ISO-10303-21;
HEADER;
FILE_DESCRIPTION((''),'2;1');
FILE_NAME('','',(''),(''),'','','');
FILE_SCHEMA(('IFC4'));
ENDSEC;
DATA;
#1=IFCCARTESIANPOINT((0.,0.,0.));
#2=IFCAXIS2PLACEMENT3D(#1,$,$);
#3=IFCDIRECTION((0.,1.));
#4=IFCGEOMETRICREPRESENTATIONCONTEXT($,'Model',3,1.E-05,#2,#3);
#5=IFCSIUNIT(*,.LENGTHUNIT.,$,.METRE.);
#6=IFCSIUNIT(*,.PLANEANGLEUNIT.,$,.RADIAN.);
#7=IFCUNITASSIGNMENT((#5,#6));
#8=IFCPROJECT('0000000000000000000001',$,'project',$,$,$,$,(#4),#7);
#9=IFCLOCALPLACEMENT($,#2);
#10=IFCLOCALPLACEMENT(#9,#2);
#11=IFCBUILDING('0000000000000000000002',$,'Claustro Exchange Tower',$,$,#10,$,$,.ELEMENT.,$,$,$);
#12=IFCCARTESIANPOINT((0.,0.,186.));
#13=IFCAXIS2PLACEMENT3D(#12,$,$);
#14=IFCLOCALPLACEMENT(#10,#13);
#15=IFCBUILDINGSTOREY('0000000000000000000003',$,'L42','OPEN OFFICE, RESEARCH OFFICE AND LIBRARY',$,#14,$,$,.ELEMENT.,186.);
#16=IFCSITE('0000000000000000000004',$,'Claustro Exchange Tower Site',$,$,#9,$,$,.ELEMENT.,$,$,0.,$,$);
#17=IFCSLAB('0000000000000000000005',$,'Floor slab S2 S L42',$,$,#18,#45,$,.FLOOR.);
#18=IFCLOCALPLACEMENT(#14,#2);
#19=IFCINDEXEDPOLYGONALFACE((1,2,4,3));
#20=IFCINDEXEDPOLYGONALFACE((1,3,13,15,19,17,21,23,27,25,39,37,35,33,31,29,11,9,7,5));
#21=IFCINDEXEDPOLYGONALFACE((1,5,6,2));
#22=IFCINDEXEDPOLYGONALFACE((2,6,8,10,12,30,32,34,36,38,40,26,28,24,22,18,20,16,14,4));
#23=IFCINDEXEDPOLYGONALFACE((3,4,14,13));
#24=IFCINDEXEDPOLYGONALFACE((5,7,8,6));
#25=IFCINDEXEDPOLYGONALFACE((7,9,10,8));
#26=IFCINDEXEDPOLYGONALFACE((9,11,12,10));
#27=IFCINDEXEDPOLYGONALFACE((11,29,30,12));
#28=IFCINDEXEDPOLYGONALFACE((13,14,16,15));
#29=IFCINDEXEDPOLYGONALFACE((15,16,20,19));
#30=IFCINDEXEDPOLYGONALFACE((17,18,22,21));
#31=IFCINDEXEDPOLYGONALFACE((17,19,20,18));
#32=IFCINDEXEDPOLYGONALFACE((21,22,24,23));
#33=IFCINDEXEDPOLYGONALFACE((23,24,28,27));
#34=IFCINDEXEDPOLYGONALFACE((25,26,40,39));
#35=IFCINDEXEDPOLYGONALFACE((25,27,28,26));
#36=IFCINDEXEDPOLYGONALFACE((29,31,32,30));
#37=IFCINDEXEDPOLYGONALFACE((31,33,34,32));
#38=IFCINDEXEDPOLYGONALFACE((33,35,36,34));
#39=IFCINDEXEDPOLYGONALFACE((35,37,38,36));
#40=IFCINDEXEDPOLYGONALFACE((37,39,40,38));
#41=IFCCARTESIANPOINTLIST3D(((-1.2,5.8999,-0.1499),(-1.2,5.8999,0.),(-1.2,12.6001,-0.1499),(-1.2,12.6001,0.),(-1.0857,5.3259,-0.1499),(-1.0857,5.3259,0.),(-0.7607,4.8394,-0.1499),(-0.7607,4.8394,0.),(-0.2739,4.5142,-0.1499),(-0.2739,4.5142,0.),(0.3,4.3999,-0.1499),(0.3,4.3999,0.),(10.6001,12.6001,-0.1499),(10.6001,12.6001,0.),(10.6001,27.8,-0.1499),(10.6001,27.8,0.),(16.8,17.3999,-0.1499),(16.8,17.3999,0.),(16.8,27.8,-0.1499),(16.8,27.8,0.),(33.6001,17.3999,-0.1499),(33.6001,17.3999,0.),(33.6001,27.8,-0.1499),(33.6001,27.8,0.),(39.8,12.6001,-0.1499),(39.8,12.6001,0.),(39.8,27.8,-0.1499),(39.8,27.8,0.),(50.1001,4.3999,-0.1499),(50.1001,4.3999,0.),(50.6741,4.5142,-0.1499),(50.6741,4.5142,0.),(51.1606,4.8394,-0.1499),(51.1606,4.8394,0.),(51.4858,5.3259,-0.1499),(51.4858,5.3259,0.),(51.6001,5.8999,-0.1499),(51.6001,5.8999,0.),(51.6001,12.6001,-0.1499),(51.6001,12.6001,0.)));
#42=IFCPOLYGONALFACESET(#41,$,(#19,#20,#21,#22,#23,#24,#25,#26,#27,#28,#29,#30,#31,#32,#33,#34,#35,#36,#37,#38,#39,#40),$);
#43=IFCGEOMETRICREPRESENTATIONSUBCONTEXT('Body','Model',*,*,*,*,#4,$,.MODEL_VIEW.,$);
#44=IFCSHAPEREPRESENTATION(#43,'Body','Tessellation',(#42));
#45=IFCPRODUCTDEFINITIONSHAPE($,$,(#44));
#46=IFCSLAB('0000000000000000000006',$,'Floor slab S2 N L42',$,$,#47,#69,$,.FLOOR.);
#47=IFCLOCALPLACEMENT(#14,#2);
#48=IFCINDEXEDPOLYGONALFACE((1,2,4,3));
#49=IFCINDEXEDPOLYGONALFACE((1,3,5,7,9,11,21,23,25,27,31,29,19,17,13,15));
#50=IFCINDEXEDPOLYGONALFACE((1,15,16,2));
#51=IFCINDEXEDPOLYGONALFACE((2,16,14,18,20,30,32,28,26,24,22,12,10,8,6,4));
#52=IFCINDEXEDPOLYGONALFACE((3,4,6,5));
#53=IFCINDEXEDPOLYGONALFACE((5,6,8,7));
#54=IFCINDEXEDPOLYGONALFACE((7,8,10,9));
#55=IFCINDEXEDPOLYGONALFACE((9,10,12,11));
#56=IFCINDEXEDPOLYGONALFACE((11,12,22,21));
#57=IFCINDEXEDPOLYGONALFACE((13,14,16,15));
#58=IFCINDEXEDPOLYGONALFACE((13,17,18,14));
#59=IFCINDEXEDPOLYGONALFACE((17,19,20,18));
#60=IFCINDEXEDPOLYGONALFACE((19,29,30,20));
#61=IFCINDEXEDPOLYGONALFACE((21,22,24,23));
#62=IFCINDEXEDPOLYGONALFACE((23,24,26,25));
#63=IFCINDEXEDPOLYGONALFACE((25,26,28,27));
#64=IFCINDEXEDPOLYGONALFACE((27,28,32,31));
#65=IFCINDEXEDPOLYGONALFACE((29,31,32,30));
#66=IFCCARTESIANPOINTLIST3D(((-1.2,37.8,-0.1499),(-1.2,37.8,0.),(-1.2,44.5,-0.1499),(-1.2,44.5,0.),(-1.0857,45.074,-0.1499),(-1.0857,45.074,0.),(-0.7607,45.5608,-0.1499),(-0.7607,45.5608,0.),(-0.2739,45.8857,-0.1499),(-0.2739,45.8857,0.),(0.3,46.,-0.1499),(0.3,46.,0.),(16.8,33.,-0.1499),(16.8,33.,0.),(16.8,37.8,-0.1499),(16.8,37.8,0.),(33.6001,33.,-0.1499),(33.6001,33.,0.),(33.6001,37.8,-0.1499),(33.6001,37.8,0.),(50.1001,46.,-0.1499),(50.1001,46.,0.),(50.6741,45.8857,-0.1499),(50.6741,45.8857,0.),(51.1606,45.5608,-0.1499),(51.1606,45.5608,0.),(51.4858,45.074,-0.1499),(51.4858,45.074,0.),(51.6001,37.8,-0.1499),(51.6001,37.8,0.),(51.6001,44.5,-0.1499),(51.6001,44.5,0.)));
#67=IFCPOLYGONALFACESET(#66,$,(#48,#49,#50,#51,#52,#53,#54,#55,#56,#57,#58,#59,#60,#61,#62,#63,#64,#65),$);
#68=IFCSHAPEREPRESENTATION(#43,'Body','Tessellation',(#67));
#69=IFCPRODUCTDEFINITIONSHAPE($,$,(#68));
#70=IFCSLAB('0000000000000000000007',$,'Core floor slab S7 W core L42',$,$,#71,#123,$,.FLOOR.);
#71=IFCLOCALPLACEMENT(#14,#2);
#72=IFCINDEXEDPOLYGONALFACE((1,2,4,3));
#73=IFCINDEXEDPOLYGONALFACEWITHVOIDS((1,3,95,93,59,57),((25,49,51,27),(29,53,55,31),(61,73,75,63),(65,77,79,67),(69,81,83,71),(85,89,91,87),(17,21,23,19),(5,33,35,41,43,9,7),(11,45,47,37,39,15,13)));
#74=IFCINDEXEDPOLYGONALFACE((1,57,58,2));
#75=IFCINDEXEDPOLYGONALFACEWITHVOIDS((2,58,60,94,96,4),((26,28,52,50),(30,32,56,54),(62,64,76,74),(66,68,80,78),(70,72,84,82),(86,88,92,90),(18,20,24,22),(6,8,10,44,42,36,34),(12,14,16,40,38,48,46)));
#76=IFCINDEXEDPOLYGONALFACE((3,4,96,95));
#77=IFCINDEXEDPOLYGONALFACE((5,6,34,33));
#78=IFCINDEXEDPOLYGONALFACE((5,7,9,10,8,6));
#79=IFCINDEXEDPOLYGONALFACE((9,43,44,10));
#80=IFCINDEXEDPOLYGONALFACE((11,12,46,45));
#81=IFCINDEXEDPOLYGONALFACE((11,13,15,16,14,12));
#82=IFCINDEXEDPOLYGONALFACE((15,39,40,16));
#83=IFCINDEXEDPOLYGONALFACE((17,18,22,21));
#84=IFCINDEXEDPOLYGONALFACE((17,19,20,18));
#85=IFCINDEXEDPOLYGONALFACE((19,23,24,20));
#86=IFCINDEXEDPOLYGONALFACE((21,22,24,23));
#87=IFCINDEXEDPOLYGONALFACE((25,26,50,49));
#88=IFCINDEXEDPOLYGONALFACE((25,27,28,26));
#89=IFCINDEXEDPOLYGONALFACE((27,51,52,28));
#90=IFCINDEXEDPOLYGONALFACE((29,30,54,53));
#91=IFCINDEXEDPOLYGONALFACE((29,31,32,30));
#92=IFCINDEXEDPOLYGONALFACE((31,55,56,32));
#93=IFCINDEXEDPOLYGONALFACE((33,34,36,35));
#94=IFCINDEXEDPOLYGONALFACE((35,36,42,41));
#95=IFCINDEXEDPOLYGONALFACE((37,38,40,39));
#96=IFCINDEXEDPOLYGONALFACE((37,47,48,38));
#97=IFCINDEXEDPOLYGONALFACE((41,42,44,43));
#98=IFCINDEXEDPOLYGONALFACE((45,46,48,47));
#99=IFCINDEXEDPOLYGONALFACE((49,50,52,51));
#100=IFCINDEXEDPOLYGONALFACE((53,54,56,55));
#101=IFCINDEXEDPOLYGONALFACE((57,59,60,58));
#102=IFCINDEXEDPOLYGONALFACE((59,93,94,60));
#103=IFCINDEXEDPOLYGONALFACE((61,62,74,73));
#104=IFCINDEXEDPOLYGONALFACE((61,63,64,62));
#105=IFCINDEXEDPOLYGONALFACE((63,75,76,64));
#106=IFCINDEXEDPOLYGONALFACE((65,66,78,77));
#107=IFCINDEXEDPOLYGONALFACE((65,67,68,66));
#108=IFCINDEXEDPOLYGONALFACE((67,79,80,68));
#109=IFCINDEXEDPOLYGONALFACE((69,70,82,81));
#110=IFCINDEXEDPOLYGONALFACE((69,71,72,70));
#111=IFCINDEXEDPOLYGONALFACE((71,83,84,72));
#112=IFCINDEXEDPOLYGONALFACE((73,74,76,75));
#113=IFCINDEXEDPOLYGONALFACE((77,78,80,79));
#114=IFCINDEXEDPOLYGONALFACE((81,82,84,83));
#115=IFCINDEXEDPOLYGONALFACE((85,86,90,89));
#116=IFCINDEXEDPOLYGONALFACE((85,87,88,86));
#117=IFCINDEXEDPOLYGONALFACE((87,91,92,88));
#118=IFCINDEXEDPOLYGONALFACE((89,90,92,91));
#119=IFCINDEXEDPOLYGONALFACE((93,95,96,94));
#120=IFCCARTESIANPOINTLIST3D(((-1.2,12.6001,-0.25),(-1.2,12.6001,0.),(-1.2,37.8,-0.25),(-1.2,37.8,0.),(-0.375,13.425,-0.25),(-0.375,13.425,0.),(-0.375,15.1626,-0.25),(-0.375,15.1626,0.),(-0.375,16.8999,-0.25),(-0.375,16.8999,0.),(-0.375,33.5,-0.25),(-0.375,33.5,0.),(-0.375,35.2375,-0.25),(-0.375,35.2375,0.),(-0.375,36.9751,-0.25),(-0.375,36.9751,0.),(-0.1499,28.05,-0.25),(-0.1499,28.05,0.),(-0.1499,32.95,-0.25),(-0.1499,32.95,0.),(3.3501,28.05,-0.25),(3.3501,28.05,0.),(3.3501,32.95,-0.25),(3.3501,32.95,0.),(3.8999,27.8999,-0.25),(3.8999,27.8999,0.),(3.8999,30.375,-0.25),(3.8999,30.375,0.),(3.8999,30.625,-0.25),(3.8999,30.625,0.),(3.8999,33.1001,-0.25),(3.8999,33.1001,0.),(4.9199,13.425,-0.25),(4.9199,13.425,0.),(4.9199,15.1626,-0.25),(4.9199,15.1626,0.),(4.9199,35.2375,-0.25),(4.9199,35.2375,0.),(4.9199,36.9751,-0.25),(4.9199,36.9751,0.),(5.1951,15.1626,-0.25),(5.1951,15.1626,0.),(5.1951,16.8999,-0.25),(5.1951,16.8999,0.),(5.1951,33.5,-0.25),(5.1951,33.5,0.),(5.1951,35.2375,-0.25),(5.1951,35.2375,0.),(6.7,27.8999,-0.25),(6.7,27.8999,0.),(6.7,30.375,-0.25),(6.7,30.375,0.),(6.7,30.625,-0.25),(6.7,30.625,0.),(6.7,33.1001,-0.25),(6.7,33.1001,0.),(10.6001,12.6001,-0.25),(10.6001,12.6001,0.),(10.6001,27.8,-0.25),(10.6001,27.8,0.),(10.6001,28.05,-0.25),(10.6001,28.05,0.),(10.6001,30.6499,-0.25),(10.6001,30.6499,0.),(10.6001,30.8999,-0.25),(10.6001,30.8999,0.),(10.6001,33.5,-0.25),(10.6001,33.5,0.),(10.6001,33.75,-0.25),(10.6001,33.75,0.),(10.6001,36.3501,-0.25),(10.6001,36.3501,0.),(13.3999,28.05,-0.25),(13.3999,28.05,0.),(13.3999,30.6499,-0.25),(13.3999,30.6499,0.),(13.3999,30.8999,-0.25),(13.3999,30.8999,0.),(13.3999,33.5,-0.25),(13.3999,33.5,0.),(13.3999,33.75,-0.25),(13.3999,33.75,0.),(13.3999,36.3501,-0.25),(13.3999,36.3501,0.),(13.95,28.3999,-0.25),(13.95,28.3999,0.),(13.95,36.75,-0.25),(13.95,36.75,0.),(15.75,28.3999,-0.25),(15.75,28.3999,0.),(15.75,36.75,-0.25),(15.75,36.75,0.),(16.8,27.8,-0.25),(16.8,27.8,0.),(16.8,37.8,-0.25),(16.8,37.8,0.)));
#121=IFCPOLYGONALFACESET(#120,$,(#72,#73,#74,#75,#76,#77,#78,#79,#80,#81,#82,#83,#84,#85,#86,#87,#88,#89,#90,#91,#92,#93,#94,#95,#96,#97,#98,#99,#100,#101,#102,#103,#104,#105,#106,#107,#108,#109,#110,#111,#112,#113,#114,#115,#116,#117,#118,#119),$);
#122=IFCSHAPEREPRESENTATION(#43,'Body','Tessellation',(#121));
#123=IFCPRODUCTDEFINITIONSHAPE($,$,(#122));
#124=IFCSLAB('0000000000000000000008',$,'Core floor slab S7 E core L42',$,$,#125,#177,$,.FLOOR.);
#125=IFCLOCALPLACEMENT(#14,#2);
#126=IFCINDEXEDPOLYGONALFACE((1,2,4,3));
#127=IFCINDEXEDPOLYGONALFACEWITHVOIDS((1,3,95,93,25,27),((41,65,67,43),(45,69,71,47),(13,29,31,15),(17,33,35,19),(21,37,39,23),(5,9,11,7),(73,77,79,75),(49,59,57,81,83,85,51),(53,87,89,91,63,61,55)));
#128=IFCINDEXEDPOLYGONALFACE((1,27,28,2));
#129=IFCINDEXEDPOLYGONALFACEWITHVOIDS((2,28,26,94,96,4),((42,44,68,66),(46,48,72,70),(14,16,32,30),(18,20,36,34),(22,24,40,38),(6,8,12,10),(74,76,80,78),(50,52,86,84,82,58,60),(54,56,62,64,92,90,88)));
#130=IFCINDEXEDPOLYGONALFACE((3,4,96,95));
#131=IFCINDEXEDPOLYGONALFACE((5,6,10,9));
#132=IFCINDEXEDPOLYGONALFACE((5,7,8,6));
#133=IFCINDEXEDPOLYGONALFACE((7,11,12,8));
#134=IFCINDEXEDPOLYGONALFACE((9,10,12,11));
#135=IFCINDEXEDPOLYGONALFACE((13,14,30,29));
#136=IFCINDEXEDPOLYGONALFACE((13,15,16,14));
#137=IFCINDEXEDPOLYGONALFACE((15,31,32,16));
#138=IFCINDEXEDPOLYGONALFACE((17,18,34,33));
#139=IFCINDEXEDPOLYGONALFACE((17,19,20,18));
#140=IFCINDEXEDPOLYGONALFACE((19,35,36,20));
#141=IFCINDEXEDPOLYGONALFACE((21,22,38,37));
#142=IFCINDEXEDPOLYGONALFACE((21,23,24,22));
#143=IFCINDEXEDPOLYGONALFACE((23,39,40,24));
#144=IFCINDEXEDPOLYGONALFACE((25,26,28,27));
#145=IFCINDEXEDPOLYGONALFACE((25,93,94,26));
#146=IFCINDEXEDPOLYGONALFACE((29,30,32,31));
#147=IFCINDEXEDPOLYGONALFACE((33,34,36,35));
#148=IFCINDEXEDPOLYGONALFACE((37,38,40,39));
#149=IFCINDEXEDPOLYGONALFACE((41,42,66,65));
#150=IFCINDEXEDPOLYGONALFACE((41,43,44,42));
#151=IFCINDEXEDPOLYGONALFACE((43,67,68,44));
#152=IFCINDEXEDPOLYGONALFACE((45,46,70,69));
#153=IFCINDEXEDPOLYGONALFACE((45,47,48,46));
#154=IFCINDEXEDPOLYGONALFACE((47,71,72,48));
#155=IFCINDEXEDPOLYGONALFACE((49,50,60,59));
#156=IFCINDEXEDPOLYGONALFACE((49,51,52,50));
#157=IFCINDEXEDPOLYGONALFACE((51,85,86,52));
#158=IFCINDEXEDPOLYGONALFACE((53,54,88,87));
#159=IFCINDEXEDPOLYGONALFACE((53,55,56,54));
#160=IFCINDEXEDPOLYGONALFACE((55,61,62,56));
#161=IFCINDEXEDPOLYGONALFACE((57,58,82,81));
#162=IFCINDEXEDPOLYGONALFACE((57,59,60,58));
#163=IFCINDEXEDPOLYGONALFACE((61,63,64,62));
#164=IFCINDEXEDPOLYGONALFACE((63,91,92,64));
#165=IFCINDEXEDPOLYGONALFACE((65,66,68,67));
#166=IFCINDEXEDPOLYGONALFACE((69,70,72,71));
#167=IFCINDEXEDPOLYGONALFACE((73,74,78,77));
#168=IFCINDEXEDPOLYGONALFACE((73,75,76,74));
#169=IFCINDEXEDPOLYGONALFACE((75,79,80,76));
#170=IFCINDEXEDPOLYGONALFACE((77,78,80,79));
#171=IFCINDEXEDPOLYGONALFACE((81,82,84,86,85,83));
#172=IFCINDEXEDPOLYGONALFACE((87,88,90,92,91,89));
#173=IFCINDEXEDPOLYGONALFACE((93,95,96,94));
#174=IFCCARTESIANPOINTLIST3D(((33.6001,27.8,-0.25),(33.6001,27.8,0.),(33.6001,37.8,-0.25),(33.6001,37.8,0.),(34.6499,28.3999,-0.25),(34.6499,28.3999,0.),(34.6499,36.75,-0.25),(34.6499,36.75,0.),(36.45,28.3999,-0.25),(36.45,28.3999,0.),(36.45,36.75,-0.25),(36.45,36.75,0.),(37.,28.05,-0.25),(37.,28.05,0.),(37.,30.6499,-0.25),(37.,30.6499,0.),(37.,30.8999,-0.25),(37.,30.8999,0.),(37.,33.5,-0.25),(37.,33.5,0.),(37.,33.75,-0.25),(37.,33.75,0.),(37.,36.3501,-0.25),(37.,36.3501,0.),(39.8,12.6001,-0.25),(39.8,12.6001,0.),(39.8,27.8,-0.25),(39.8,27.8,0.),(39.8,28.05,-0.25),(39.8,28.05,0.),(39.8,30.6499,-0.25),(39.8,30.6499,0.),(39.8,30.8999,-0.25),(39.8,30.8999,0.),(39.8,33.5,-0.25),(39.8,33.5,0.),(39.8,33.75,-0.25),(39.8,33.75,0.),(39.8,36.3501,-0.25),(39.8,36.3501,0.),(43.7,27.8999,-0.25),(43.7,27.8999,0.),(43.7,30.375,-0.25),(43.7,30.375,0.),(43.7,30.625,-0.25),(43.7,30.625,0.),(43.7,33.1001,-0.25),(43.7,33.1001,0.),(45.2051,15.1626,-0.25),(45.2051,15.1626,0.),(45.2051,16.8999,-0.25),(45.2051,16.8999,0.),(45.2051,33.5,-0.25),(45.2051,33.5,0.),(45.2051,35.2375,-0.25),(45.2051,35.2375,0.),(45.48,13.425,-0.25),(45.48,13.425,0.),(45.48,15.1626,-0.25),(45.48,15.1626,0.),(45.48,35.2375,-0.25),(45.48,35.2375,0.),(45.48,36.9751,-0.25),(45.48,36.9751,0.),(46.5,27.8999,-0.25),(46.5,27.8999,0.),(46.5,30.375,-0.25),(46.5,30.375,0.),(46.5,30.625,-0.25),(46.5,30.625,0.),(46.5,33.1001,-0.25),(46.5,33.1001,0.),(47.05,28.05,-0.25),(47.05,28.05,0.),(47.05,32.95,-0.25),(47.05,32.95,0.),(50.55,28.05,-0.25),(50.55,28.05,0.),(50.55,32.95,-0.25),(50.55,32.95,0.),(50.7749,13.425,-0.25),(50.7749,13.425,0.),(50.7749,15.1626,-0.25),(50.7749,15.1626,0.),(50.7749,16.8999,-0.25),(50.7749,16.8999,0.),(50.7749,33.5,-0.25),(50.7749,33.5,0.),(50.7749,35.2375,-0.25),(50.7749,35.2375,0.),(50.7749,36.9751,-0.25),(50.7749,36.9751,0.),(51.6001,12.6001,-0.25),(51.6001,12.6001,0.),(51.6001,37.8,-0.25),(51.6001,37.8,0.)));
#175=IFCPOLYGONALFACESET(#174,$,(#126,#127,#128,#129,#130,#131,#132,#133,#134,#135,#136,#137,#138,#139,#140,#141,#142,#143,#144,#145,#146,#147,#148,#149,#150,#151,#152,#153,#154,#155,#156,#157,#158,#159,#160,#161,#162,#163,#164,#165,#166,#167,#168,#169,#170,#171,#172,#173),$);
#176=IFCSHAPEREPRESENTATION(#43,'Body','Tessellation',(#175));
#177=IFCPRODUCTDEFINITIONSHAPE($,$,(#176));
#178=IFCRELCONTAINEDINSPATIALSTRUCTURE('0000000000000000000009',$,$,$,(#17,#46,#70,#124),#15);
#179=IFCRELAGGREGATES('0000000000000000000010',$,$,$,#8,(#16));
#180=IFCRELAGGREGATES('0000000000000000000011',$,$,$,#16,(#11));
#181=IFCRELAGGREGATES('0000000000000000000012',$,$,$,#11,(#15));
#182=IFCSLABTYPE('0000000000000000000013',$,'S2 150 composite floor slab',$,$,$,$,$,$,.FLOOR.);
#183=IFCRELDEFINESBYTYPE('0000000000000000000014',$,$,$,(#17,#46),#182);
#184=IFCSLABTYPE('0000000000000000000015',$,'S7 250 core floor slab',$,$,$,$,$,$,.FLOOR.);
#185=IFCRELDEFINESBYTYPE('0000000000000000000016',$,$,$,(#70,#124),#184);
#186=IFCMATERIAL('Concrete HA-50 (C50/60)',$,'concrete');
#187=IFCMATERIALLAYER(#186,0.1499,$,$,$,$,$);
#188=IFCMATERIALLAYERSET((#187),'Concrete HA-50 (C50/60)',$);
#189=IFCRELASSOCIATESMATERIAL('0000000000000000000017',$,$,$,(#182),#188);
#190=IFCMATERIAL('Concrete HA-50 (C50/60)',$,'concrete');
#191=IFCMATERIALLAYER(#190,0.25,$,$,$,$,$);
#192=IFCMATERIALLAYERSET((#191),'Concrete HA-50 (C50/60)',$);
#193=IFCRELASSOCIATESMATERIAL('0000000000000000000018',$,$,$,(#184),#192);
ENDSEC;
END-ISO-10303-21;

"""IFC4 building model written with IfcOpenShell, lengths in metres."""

from ifc_helpers import new_model, si_unit, direction, frame, origin, place, context, subcontext, project, spatial, polyline, outline, extrude, material, layer, layer_set, type_object, element, save


model = new_model("IFC4")

# Units and contexts
model_context = context("Model", 3, precision=1e-05, world=origin(), true_north=direction((0.0, 1.0)))
body_context = subcontext(model_context, "Body", "Model", "MODEL_VIEW")
ifc_project = project(units=[si_unit("LENGTHUNIT", "METRE"), si_unit("PLANEANGLEUNIT", "RADIAN")], contexts=[model_context])

# Site, building, storey
site_placement = place(None, origin())
site = spatial("IfcSite", under=ifc_project, at=site_placement, Name="Claustro Exchange Tower Site", CompositionType="ELEMENT", RefElevation=0.0)
building_placement = place(site_placement, origin())
building = spatial("IfcBuilding", under=site, at=building_placement, Name="Claustro Exchange Tower", CompositionType="ELEMENT")
storey_placement = place(building_placement, frame((0.0, 0.0, 186.0)))
storey = spatial("IfcBuildingStorey", under=building, at=storey_placement, Name="L42", Description="OPEN OFFICE, RESEARCH OFFICE AND LIBRARY", CompositionType="ELEMENT", Elevation=186.0)

# Slabs
ifc_material_1 = material(Name="Concrete HA-50 (C50/60)", Category="concrete")
ifc_layer_1 = layer(ifc_material_1, 0.1499)
ifc_layer_set_1 = layer_set([ifc_layer_1], Name="Concrete HA-50 (C50/60)")
slab_type_1 = type_object("IfcSlabType", Name="S2 150 composite floor slab", PredefinedType="FLOOR", material=ifc_layer_set_1)
slab_1_placement = place(storey_placement, frame((0.0, 0.0, -0.1499)))
element("IfcSlab", 1, at=slab_1_placement, inside=storey, type_object=slab_type_1, Name="Floor slab S2 S L42", PredefinedType="FLOOR", context=body_context, shape_type="SweptSolid", body=[
    extrude(outline(polyline([(-0.2739, 4.5142), (0.3, 4.3999), (50.1001, 4.3999), (50.6741, 4.5142), (51.1606, 4.8394), (51.4858, 5.3259), (51.6001, 5.8999), (51.6001, 12.6001), (39.8, 12.6001), (39.8, 27.8), (33.6001, 27.8), (33.6001, 17.3999), (16.8, 17.3999), (16.8, 27.8), (10.6001, 27.8), (10.6001, 12.6001), (-1.2, 12.6001), (-1.2, 5.8999), (-1.0857, 5.3259), (-0.7607, 4.8394), (-0.2739, 4.5142)])), origin(), (0.0, 0.0, 1.0), 0.1499),
])
slab_2_placement = place(storey_placement, frame((0.0, 0.0, -0.1499)))
element("IfcSlab", 2, at=slab_2_placement, inside=storey, type_object=slab_type_1, Name="Floor slab S2 N L42", PredefinedType="FLOOR", context=body_context, shape_type="SweptSolid", body=[
    extrude(outline(polyline([(16.8, 37.8), (16.8, 33.0), (33.6001, 33.0), (33.6001, 37.8), (51.6001, 37.8), (51.6001, 44.5), (51.4858, 45.074), (51.1606, 45.5608), (50.6741, 45.8857), (50.1001, 46.0), (0.3, 46.0), (-0.2739, 45.8857), (-0.7607, 45.5608), (-1.0857, 45.074), (-1.2, 44.5), (-1.2, 37.8), (16.8, 37.8)])), origin(), (0.0, 0.0, 1.0), 0.1499),
])
ifc_material_2 = material(Name="Concrete HA-50 (C50/60)", Category="concrete")
ifc_layer_2 = layer(ifc_material_2, 0.25)
ifc_layer_set_2 = layer_set([ifc_layer_2], Name="Concrete HA-50 (C50/60)")
slab_type_2 = type_object("IfcSlabType", Name="S7 250 core floor slab", PredefinedType="FLOOR", material=ifc_layer_set_2)
slab_3_placement = place(storey_placement, frame((0.0, 0.0, -0.25)))
element("IfcSlab", 3, at=slab_3_placement, inside=storey, type_object=slab_type_2, Name="Core floor slab S7 W core L42", PredefinedType="FLOOR", context=body_context, shape_type="SweptSolid", body=[
    extrude(outline(polyline([(-1.2, 37.8), (-1.2, 12.6001), (10.6001, 12.6001), (10.6001, 27.8), (16.8, 27.8), (16.8, 37.8), (-1.2, 37.8)]), holes=[polyline([(13.95, 36.75), (15.75, 36.75), (15.75, 28.3999), (13.95, 28.3999), (13.95, 36.75)]), polyline([(10.6001, 30.6499), (13.3999, 30.6499), (13.3999, 28.05), (10.6001, 28.05), (10.6001, 30.6499)]), polyline([(10.6001, 33.5), (13.3999, 33.5), (13.3999, 30.8999), (10.6001, 30.8999), (10.6001, 33.5)]), polyline([(13.3999, 36.3501), (13.3999, 33.75), (10.6001, 33.75), (10.6001, 36.3501), (13.3999, 36.3501)]), polyline([(3.8999, 30.375), (6.7, 30.375), (6.7, 27.8999), (3.8999, 27.8999), (3.8999, 30.375)]), polyline([(3.8999, 33.1001), (6.7, 33.1001), (6.7, 30.625), (3.8999, 30.625), (3.8999, 33.1001)]), polyline([(-0.375, 15.1626), (-0.375, 16.8999), (5.1951, 16.8999), (5.1951, 15.1626), (4.9199, 15.1626), (4.9199, 13.425), (-0.375, 13.425), (-0.375, 15.1626)]), polyline([(-0.375, 35.2375), (-0.375, 36.9751), (4.9199, 36.9751), (4.9199, 35.2375), (5.1951, 35.2375), (5.1951, 33.5), (-0.375, 33.5), (-0.375, 35.2375)]), polyline([(-0.1499, 32.95), (3.3501, 32.95), (3.3501, 28.05), (-0.1499, 28.05), (-0.1499, 32.95)])]), origin(), (0.0, 0.0, 1.0), 0.25),
])
slab_4_placement = place(storey_placement, frame((0.0, 0.0, -0.25)))
element("IfcSlab", 4, at=slab_4_placement, inside=storey, type_object=slab_type_2, Name="Core floor slab S7 E core L42", PredefinedType="FLOOR", context=body_context, shape_type="SweptSolid", body=[
    extrude(outline(polyline([(51.6001, 37.8), (33.6001, 37.8), (33.6001, 27.8), (39.8, 27.8), (39.8, 12.6001), (51.6001, 12.6001), (51.6001, 37.8)]), holes=[polyline([(45.48, 15.1626), (45.2051, 15.1626), (45.2051, 16.8999), (50.7749, 16.8999), (50.7749, 15.1626), (50.7749, 13.425), (45.48, 13.425), (45.48, 15.1626)]), polyline([(45.48, 35.2375), (45.48, 36.9751), (50.7749, 36.9751), (50.7749, 35.2375), (50.7749, 33.5), (45.2051, 33.5), (45.2051, 35.2375), (45.48, 35.2375)]), polyline([(47.05, 32.95), (50.55, 32.95), (50.55, 28.05), (47.05, 28.05), (47.05, 32.95)]), polyline([(43.7, 30.375), (46.5, 30.375), (46.5, 27.8999), (43.7, 27.8999), (43.7, 30.375)]), polyline([(43.7, 33.1001), (46.5, 33.1001), (46.5, 30.625), (43.7, 30.625), (43.7, 33.1001)]), polyline([(37.0, 30.6499), (39.8, 30.6499), (39.8, 28.05), (37.0, 28.05), (37.0, 30.6499)]), polyline([(37.0, 33.5), (39.8, 33.5), (39.8, 30.8999), (37.0, 30.8999), (37.0, 33.5)]), polyline([(39.8, 36.3501), (39.8, 33.75), (37.0, 33.75), (37.0, 36.3501), (39.8, 36.3501)]), polyline([(34.6499, 36.75), (36.45, 36.75), (36.45, 28.3999), (34.6499, 28.3999), (34.6499, 36.75)])]), origin(), (0.0, 0.0, 1.0), 0.25),
])

save(model, "model.ifc")
